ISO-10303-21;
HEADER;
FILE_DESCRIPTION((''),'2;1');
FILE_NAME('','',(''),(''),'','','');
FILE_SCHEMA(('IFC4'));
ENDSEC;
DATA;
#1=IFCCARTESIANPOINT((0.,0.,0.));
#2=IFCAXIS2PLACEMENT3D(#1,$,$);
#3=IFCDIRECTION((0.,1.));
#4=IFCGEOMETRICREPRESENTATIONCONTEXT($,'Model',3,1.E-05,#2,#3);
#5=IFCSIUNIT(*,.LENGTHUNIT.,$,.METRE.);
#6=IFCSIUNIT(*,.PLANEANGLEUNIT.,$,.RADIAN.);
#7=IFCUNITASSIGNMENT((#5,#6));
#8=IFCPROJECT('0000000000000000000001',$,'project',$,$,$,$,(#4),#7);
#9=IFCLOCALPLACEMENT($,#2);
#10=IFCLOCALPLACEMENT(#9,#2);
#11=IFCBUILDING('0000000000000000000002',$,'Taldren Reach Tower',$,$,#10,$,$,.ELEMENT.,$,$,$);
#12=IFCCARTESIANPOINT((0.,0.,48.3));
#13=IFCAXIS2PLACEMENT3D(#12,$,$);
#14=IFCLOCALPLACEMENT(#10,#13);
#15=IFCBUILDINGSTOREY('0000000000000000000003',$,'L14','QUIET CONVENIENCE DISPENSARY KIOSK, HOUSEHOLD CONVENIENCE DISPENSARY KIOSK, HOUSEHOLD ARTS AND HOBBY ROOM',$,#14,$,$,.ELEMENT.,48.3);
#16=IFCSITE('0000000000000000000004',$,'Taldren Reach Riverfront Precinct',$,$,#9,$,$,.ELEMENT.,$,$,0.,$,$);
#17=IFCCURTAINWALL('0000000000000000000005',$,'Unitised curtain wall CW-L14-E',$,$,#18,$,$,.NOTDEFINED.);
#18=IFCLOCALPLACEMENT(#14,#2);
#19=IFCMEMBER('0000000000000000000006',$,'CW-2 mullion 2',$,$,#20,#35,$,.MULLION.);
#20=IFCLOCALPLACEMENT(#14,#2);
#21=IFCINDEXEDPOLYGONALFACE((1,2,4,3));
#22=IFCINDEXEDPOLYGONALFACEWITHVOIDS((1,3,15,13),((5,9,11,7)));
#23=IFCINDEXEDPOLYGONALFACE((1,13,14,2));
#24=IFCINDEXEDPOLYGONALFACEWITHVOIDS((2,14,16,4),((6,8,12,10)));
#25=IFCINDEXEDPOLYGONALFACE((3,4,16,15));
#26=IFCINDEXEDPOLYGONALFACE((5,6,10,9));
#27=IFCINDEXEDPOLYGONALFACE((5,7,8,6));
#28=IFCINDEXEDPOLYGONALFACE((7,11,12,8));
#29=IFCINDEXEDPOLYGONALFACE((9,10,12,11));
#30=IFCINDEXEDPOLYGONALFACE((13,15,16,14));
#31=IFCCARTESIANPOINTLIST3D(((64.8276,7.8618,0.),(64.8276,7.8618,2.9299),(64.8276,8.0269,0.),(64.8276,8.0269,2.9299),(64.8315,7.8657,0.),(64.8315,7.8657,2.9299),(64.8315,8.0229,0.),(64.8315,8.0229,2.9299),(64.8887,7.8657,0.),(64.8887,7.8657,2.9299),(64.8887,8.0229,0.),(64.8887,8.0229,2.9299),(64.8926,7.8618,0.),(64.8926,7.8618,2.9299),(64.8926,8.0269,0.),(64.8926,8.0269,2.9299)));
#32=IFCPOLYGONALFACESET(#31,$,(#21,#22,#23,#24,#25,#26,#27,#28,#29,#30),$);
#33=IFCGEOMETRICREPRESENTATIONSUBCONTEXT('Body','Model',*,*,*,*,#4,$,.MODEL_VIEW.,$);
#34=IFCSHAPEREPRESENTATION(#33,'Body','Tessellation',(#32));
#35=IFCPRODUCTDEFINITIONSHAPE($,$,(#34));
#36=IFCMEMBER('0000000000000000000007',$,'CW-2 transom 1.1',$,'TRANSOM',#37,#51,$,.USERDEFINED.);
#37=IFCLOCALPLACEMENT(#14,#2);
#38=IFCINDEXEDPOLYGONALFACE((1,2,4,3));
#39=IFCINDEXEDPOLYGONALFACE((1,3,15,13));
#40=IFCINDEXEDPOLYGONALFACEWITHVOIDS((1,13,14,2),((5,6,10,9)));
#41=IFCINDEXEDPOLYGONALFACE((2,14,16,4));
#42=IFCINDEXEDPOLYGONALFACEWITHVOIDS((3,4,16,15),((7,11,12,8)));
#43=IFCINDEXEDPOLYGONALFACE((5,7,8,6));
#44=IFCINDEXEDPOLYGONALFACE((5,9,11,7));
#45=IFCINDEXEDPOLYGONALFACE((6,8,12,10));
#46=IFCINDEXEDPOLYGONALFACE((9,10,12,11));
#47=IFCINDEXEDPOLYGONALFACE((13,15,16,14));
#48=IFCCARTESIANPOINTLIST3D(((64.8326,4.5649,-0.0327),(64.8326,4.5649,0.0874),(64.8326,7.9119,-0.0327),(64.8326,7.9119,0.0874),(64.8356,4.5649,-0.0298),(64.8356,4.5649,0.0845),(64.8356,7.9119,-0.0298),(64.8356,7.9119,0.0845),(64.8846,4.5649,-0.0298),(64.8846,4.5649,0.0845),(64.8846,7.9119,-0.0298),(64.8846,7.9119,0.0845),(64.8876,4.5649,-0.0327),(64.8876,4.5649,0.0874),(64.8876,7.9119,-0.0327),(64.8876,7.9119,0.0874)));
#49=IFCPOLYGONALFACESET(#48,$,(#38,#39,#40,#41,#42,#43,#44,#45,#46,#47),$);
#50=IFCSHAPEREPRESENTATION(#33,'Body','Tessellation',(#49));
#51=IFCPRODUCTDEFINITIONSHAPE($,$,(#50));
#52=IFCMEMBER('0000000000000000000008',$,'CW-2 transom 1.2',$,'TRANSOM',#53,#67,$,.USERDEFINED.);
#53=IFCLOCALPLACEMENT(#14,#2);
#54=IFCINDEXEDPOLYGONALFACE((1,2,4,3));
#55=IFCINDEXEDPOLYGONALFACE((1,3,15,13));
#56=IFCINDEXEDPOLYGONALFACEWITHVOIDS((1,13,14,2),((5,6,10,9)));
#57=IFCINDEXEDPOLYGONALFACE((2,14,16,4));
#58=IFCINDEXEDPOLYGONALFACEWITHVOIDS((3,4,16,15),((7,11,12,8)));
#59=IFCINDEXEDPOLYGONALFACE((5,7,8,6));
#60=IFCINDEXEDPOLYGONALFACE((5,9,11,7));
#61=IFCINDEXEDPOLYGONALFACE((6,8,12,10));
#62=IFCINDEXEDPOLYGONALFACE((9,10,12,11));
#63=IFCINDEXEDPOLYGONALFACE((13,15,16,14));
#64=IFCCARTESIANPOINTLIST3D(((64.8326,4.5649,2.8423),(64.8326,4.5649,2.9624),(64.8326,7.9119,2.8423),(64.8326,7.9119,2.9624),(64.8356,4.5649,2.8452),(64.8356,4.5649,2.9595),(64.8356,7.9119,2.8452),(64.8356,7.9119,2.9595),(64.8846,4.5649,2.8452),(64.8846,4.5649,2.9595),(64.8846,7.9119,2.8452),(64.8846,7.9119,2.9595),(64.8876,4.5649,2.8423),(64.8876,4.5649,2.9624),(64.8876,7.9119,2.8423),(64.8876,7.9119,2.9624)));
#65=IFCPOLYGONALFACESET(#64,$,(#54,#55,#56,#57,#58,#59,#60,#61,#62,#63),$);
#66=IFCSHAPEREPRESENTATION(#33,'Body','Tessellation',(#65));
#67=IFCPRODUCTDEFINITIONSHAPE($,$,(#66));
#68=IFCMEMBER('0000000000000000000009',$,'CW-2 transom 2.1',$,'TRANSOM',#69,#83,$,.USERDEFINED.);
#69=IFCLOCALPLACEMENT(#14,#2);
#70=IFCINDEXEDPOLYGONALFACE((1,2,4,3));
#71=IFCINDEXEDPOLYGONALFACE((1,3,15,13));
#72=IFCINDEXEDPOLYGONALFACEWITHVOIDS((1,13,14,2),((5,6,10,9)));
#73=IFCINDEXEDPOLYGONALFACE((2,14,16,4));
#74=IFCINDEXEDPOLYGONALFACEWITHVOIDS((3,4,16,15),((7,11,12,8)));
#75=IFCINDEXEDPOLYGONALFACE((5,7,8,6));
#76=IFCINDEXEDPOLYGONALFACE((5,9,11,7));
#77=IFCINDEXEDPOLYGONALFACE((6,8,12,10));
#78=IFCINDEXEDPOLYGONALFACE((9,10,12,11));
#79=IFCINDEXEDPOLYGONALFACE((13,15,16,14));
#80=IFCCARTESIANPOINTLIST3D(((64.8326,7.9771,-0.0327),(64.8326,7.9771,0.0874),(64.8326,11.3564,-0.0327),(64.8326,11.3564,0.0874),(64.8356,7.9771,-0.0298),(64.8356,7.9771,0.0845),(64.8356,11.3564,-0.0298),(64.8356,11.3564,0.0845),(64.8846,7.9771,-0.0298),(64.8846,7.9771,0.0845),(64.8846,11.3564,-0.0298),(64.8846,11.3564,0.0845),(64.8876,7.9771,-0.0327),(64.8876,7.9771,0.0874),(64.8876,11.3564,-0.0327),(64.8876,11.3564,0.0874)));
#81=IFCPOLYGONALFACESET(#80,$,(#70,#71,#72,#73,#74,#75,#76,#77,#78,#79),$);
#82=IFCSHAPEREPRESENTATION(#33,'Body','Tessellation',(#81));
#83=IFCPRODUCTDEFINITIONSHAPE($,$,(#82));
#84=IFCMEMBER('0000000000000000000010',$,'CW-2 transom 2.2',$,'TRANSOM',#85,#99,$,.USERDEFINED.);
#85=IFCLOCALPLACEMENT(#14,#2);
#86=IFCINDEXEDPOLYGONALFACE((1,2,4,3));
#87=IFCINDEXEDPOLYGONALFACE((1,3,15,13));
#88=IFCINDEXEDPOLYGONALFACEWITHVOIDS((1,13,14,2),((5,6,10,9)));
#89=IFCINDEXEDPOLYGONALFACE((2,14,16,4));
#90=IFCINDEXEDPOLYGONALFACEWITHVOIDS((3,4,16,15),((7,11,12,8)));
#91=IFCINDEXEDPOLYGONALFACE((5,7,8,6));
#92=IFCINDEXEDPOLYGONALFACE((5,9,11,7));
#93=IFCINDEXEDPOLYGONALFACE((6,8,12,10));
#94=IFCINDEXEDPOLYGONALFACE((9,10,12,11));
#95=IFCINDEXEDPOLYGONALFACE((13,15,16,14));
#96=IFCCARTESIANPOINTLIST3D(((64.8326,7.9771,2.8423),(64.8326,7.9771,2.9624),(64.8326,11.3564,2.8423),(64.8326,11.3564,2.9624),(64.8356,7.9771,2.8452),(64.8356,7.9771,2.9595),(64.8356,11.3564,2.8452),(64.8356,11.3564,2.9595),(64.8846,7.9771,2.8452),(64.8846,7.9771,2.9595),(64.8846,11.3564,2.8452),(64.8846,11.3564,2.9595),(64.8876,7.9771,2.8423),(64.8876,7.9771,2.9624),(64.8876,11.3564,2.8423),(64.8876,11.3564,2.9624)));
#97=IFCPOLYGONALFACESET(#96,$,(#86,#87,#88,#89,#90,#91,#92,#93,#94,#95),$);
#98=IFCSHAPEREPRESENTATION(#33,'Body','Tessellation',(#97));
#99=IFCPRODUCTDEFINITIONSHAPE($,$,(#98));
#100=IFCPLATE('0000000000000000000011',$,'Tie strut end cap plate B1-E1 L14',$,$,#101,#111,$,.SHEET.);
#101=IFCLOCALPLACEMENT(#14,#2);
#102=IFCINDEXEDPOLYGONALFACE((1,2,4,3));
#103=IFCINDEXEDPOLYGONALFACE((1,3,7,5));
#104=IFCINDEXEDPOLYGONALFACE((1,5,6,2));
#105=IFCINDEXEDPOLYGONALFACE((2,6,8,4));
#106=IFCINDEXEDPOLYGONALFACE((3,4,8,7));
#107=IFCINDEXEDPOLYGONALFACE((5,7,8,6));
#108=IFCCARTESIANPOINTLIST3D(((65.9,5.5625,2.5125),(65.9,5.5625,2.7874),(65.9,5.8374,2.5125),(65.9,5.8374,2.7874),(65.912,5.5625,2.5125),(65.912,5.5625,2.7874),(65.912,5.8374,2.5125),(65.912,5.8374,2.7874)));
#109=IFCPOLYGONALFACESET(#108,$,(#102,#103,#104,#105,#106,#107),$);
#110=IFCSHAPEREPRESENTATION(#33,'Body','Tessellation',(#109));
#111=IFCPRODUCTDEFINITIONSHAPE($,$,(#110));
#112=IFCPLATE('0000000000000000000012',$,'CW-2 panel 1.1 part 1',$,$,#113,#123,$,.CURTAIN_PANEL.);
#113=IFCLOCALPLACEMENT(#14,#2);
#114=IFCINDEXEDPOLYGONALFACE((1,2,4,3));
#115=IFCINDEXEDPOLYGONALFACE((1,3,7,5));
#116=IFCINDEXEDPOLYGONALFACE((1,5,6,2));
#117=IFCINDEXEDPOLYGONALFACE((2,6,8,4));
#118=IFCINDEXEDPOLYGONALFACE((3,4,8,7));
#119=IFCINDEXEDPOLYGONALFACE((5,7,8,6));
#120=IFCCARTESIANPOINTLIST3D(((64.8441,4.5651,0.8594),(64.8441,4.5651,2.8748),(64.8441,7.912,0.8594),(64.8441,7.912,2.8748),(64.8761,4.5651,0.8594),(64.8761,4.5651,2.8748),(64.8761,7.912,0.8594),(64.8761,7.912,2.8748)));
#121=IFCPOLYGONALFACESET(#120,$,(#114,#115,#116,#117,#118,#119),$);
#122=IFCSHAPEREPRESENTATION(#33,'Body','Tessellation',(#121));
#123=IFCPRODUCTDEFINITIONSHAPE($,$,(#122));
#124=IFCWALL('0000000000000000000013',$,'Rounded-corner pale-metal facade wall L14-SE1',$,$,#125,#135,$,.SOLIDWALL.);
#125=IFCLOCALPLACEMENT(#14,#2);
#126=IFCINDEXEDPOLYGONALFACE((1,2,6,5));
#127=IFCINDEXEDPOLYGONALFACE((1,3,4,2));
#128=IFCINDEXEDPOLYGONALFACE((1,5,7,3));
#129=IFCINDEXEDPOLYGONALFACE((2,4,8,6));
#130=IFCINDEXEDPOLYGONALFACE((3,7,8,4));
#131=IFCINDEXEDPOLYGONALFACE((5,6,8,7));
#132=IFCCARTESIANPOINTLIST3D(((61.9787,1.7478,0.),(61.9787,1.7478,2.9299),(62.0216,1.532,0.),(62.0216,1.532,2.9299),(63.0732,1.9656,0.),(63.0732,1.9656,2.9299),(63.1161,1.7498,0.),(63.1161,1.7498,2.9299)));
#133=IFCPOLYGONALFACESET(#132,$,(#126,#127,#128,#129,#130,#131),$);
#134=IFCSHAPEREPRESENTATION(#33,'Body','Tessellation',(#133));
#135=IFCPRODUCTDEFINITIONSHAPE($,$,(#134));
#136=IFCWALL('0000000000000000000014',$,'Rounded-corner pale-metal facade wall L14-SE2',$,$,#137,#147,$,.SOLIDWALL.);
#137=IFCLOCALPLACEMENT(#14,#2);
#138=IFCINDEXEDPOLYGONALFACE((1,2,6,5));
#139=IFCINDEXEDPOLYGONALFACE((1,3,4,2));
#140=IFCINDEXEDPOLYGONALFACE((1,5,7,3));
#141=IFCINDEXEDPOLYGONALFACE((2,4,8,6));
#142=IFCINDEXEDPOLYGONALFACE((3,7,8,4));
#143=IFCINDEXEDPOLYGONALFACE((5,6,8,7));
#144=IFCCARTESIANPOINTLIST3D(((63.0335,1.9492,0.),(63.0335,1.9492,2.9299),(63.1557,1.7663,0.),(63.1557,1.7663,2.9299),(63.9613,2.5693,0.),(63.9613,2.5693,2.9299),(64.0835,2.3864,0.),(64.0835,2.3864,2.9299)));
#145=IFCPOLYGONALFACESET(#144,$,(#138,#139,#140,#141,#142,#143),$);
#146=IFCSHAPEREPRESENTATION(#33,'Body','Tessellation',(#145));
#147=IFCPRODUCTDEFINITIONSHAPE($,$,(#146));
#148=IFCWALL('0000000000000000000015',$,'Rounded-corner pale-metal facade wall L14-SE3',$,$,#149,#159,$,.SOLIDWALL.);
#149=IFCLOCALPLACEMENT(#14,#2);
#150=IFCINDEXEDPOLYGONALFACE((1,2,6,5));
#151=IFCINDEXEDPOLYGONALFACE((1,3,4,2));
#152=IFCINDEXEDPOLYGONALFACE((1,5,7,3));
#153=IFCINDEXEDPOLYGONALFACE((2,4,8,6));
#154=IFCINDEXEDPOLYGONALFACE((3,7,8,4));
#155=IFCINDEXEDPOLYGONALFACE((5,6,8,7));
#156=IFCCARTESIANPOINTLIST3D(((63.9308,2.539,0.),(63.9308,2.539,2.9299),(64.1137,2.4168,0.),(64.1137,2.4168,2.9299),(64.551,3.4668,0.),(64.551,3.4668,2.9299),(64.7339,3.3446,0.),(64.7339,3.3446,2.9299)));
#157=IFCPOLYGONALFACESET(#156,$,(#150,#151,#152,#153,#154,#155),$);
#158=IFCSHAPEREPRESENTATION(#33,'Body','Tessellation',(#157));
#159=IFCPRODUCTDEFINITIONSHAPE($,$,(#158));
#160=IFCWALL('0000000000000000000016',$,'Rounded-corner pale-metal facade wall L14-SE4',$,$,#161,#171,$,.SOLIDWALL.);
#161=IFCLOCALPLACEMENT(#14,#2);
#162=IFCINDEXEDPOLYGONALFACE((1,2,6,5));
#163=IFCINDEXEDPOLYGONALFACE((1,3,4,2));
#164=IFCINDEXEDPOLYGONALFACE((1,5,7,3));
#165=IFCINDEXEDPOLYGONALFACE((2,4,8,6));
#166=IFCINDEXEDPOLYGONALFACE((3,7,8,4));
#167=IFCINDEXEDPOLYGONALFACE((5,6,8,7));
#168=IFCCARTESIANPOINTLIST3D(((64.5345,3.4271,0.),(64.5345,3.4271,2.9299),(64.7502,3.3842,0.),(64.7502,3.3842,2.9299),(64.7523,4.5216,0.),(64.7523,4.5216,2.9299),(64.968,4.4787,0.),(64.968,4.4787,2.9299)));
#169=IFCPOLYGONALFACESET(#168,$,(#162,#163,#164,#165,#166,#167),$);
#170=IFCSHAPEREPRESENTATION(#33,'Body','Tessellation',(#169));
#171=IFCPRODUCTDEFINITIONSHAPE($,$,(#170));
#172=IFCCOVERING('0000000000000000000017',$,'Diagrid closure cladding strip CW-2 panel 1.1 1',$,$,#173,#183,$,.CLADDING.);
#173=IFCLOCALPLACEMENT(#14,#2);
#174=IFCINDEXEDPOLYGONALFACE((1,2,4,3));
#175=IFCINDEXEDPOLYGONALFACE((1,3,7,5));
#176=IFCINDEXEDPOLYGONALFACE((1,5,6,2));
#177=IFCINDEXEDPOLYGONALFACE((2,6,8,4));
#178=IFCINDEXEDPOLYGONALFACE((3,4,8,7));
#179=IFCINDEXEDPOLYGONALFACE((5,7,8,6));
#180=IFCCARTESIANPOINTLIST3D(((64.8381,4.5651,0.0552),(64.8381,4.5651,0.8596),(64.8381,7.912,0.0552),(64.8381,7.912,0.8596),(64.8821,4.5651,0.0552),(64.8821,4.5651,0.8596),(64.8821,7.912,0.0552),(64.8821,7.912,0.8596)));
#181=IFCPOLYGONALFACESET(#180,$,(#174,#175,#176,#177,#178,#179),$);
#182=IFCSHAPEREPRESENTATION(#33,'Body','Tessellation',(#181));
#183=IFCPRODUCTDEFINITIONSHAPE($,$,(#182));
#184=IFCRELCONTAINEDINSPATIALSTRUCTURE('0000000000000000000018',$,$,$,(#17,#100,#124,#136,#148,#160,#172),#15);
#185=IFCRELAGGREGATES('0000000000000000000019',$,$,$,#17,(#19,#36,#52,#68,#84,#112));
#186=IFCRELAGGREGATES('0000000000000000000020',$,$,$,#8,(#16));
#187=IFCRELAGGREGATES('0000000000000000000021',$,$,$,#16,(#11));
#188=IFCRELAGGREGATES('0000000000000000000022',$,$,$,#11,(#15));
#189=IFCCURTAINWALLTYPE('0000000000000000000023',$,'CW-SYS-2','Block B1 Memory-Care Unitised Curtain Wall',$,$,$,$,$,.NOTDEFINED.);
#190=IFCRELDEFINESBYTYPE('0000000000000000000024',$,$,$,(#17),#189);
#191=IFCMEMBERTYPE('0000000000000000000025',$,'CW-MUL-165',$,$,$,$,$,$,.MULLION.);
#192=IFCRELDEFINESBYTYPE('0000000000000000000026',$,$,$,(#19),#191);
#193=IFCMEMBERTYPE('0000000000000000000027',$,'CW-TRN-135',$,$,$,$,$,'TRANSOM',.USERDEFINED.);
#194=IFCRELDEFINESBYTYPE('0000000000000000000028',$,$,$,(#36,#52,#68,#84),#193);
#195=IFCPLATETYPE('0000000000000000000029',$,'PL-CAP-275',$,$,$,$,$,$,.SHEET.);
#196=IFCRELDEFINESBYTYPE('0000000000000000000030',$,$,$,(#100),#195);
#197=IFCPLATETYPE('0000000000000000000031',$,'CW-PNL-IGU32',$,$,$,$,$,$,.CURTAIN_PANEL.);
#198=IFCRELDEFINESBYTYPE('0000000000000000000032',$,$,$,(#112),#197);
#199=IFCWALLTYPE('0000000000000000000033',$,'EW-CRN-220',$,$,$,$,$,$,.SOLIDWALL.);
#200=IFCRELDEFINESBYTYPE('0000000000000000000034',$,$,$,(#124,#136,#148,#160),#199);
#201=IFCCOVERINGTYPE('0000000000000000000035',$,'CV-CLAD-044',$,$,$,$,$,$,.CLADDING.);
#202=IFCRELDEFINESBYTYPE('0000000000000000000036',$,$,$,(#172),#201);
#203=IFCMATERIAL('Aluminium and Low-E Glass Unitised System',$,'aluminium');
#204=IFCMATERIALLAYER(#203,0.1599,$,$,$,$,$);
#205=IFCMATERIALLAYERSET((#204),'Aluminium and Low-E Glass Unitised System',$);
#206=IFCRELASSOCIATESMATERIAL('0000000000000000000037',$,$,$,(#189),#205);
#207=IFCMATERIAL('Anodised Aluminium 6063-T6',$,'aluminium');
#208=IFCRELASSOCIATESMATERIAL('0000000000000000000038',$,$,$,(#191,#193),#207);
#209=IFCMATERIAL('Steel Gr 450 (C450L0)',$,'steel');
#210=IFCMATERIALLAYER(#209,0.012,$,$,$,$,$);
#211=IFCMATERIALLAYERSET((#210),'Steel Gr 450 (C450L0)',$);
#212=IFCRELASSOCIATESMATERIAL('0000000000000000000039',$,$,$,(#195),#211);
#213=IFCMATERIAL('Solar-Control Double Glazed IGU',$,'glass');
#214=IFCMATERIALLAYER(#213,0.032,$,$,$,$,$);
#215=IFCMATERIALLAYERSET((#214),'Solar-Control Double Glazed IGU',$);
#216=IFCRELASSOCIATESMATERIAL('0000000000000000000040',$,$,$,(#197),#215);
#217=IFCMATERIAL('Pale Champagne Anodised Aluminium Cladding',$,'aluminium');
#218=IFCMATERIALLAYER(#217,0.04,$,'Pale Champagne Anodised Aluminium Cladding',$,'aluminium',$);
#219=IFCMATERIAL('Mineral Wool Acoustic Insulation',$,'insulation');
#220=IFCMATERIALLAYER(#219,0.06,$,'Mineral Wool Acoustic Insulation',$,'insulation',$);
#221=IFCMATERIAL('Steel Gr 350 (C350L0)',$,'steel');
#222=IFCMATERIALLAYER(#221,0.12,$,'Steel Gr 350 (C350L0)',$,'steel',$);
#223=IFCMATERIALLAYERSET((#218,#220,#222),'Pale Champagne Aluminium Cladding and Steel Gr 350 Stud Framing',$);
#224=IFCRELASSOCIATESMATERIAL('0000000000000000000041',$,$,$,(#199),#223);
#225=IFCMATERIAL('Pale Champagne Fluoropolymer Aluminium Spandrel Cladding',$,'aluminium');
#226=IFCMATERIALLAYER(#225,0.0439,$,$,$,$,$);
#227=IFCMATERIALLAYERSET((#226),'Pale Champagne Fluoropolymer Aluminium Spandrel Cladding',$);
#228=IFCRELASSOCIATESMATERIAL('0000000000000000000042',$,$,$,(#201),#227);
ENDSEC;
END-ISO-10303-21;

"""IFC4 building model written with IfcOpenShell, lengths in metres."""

from ifc_helpers import new_model, si_unit, direction, frame, frame_2d, origin, origin_2d, place, context, subcontext, project, spatial, rectangle, hollow_rectangle, extrude, source, transform, mapped, material, layer, layer_set, material_profile, profile_set, type_object, element, aggregate, save


model = new_model("IFC4")

# Units and contexts
model_context = context("Model", 3, precision=1e-05, world=origin(), true_north=direction((0.0, 1.0)))
body_context = subcontext(model_context, "Body", "Model", "MODEL_VIEW")
ifc_project = project(units=[si_unit("LENGTHUNIT", "METRE"), si_unit("PLANEANGLEUNIT", "RADIAN")], contexts=[model_context])

# Site, building, storey
site_placement = place(None, origin())
site = spatial("IfcSite", under=ifc_project, at=site_placement, Name="Taldren Reach Riverfront Precinct", CompositionType="ELEMENT", RefElevation=0.0)
building_placement = place(site_placement, origin())
building = spatial("IfcBuilding", under=site, at=building_placement, Name="Taldren Reach Tower", CompositionType="ELEMENT")
storey_placement = place(building_placement, frame((0.0, 0.0, 48.3)))
storey = spatial("IfcBuildingStorey", under=building, at=storey_placement, Name="L14", Description="QUIET CONVENIENCE DISPENSARY KIOSK, HOUSEHOLD CONVENIENCE DISPENSARY KIOSK, HOUSEHOLD ARTS AND HOBBY ROOM", CompositionType="ELEMENT", Elevation=48.3)

# Shared definitions
ifc_material_1 = material(Name="Steel Gr 450 (C450L0)", Category="steel")
ifc_material_2 = material(Name="Steel Gr 350 (C350L0)", Category="steel")

# Shared definitions
ifc_material_3 = material(Name="Aluminium and Low-E Glass Unitised System", Category="aluminium")
ifc_layer_1 = layer(ifc_material_3, 0.1599)
ifc_layer_set_1 = layer_set([ifc_layer_1], Name="Aluminium and Low-E Glass Unitised System")
curtain_wall_type = type_object("IfcCurtainWallType", Name="CW-SYS-2", Description="Block B1 Memory-Care Unitised Curtain Wall", PredefinedType="NOTDEFINED", material=ifc_layer_set_1)
ifc_material_4 = material(Name="Anodised Aluminium 6063-T6", Category="aluminium")
ifc_material_profile_1 = material_profile(ifc_material_4, hollow_rectangle(XDim=0.0649, YDim=0.165, WallThickness=0.0039, at=origin_2d()), Name="ALU-165x65x4RHS")
ifc_profile_set_1 = profile_set([ifc_material_profile_1], Name="Anodised Aluminium 6063-T6")
member_type_1 = type_object("IfcMemberType", Name="CW-MUL-165", PredefinedType="MULLION", material=ifc_profile_set_1)
shared_shape_1 = source(origin(), body_context, "Body", "SweptSolid", [
    extrude(hollow_rectangle(XDim=0.0649, YDim=0.165, WallThickness=0.0039, at=origin_2d()), origin(), (0.0, 0.0, 1.0), 2.9299),
])

# Curtain wall, members
curtain_wall_1_placement = place(storey_placement, origin())
curtain_wall_1 = element("IfcCurtainWall", 1, at=curtain_wall_1_placement, inside=storey, type_object=curtain_wall_type, Name="Unitised curtain wall CW-L14-E", PredefinedType="NOTDEFINED")
member_1_placement = place(storey_placement, frame((64.8601, 7.9443, 0.0), z_axis=(0.0, 0.0, 1.0), x_axis=(-1.0, 0.0, 0.0)))
member_1 = element("IfcMember", 2, at=member_1_placement, type_object=member_type_1, Name="CW-2 mullion 2", PredefinedType="MULLION", context=body_context, shape_type="MappedRepresentation", body=[
    mapped(shared_shape_1, transform((0.0, 0.0, 0.0), scale=1.0)),
])
ifc_material_profile_2 = material_profile(ifc_material_4, hollow_rectangle(XDim=0.0549, YDim=0.1201, WallThickness=0.0029, at=origin_2d()), Name="ALU-120x55x3RHS")
ifc_profile_set_2 = profile_set([ifc_material_profile_2], Name="Anodised Aluminium 6063-T6")
member_type_2 = type_object("IfcMemberType", Name="CW-TRN-135", ElementType="TRANSOM", PredefinedType="USERDEFINED", material=ifc_profile_set_2)
shared_shape_2 = source(origin(), body_context, "Body", "SweptSolid", [
    extrude(hollow_rectangle(XDim=0.0549, YDim=0.1201, WallThickness=0.0029, at=origin_2d()), origin(), (0.0, 0.0, 1.0), 3.3469),
])
member_2_placement = place(storey_placement, frame((64.8601, 4.5649, 0.0273), z_axis=(0.0, 1.0, 0.0), x_axis=(-1.0, 0.0, 0.0)))
member_2 = element("IfcMember", 3, at=member_2_placement, type_object=member_type_2, Name="CW-2 transom 1.1", ObjectType="TRANSOM", PredefinedType="USERDEFINED", context=body_context, shape_type="MappedRepresentation", body=[
    mapped(shared_shape_2, transform((0.0, 0.0, 0.0), scale=1.0)),
])
member_3_placement = place(storey_placement, frame((64.8601, 4.5649, 2.9023), z_axis=(0.0, 1.0, 0.0), x_axis=(-1.0, 0.0, 0.0)))
member_3 = element("IfcMember", 4, at=member_3_placement, type_object=member_type_2, Name="CW-2 transom 1.2", ObjectType="TRANSOM", PredefinedType="USERDEFINED", context=body_context, shape_type="MappedRepresentation", body=[
    mapped(shared_shape_2, transform((0.0, 0.0, 0.0), scale=1.0)),
])
shared_shape_3 = source(origin(), body_context, "Body", "SweptSolid", [
    extrude(hollow_rectangle(XDim=0.0549, YDim=0.1201, WallThickness=0.0029, at=origin_2d()), origin(), (0.0, 0.0, 1.0), 3.3794),
])
member_4_placement = place(storey_placement, frame((64.8601, 7.9771, 0.0273), z_axis=(0.0, 1.0, 0.0), x_axis=(-1.0, 0.0, 0.0)))
member_4 = element("IfcMember", 5, at=member_4_placement, type_object=member_type_2, Name="CW-2 transom 2.1", ObjectType="TRANSOM", PredefinedType="USERDEFINED", context=body_context, shape_type="MappedRepresentation", body=[
    mapped(shared_shape_3, transform((0.0, 0.0, 0.0), scale=1.0)),
])
member_5_placement = place(storey_placement, frame((64.8601, 7.9771, 2.9023), z_axis=(0.0, 1.0, 0.0), x_axis=(-1.0, 0.0, 0.0)))
member_5 = element("IfcMember", 6, at=member_5_placement, type_object=member_type_2, Name="CW-2 transom 2.2", ObjectType="TRANSOM", PredefinedType="USERDEFINED", context=body_context, shape_type="MappedRepresentation", body=[
    mapped(shared_shape_3, transform((0.0, 0.0, 0.0), scale=1.0)),
])

# Plates
ifc_layer_2 = layer(ifc_material_1, 0.012)
ifc_layer_set_2 = layer_set([ifc_layer_2], Name="Steel Gr 450 (C450L0)")
plate_type_1 = type_object("IfcPlateType", Name="PL-CAP-275", PredefinedType="SHEET", material=ifc_layer_set_2)
shared_shape_4 = source(origin(), body_context, "Body", "SweptSolid", [
    extrude(rectangle(XDim=0.012, YDim=0.2749, at=origin_2d()), origin(), (0.0, 0.0, 1.0), 0.2749),
])
plate_1_placement = place(storey_placement, frame((65.906, 5.7, 2.5125), z_axis=(0.0, 0.0, 1.0), x_axis=(1.0, 0.0, 0.0)))
element("IfcPlate", 7, at=plate_1_placement, inside=storey, type_object=plate_type_1, Name="Tie strut end cap plate B1-E1 L14", PredefinedType="SHEET", context=body_context, shape_type="MappedRepresentation", body=[
    mapped(shared_shape_4, transform((0.0, 0.0, 0.0), scale=1.0)),
])
ifc_material_5 = material(Name="Solar-Control Double Glazed IGU", Category="glass")
ifc_layer_3 = layer(ifc_material_5, 0.032)
ifc_layer_set_3 = layer_set([ifc_layer_3], Name="Solar-Control Double Glazed IGU")
plate_type_2 = type_object("IfcPlateType", Name="CW-PNL-IGU32", PredefinedType="CURTAIN_PANEL", material=ifc_layer_set_3)
shared_shape_5 = source(origin(), body_context, "Body", "SweptSolid", [
    extrude(rectangle(XDim=3.3469, YDim=0.032, at=origin_2d()), origin(), (0.0, 0.0, 1.0), 2.0154),
])
plate_2_placement = place(storey_placement, frame((64.8601, 6.2385, 0.8594), z_axis=(0.0, 0.0, 1.0), x_axis=(0.0, 1.0, 0.0)))
plate_2 = element("IfcPlate", 8, at=plate_2_placement, type_object=plate_type_2, Name="CW-2 panel 1.1 part 1", PredefinedType="CURTAIN_PANEL", context=body_context, shape_type="MappedRepresentation", body=[
    mapped(shared_shape_5, transform((0.0, 0.0, 0.0), scale=1.0)),
])
aggregate(curtain_wall_1, [member_1, member_2, member_3, member_4, member_5, plate_2])

# Walls
ifc_material_6 = material(Name="Pale Champagne Anodised Aluminium Cladding", Category="aluminium")
ifc_layer_4 = layer(ifc_material_6, 0.04, Name="Pale Champagne Anodised Aluminium Cladding", Category="aluminium")
ifc_material_7 = material(Name="Mineral Wool Acoustic Insulation", Category="insulation")
ifc_layer_5 = layer(ifc_material_7, 0.06, Name="Mineral Wool Acoustic Insulation", Category="insulation")
ifc_layer_6 = layer(ifc_material_2, 0.12, Name="Steel Gr 350 (C350L0)", Category="steel")
ifc_layer_set_4 = layer_set([ifc_layer_4, ifc_layer_5, ifc_layer_6], Name="Pale Champagne Aluminium Cladding and Steel Gr 350 Stud Framing")
wall_type = type_object("IfcWallType", Name="EW-CRN-220", PredefinedType="SOLIDWALL", material=ifc_layer_set_4)
shared_shape_6 = source(origin(), body_context, "Body", "SweptSolid", [
    extrude(rectangle(XDim=1.116, YDim=0.22, at=frame_2d((0.5581, 0.0))), origin(), (0.0, 0.0, 1.0), 2.9299),
])
for number, where, z_axis, x_axis, name in (
    (9, (62.0, 1.6399, 0.0), (0.0, 0.0, 1.0), (0.980774, 0.195148, 0.0), "Rounded-corner pale-metal facade wall L14-SE1"),
    (10, (63.0945, 1.8577, 0.0), (0.0, 0.0, 1.0), (0.831377, 0.55571, 0.0), "Rounded-corner pale-metal facade wall L14-SE2"),
    (11, (64.0222, 2.4778, 0.0), (0.0, 0.0, 1.0), (0.55571, 0.831377, 0.0), "Rounded-corner pale-metal facade wall L14-SE3"),
    (12, (64.6423, 3.4055, 0.0), (0.0, 0.0, 1.0), (0.195148, 0.980774, 0.0), "Rounded-corner pale-metal facade wall L14-SE4"),
):
    element("IfcWall", number, at=place(storey_placement, frame(where, z_axis=z_axis, x_axis=x_axis)), inside=storey, type_object=wall_type, Name=name, PredefinedType="SOLIDWALL", context=body_context, shape_type="MappedRepresentation", body=[
        mapped(shared_shape_6, transform((0.0, 0.0, 0.0), scale=1.0)),
    ])

# Covering
ifc_material_8 = material(Name="Pale Champagne Fluoropolymer Aluminium Spandrel Cladding", Category="aluminium")
ifc_layer_7 = layer(ifc_material_8, 0.0439)
ifc_layer_set_5 = layer_set([ifc_layer_7], Name="Pale Champagne Fluoropolymer Aluminium Spandrel Cladding")
covering_type = type_object("IfcCoveringType", Name="CV-CLAD-044", PredefinedType="CLADDING", material=ifc_layer_set_5)
shared_shape_7 = source(origin(), body_context, "Body", "SweptSolid", [
    extrude(rectangle(XDim=3.3469, YDim=0.0439, at=origin_2d()), origin(), (0.0, 0.0, 1.0), 0.8044),
])
covering_placement = place(storey_placement, frame((64.8601, 6.2385, 0.0552), z_axis=(0.0, 0.0, 1.0), x_axis=(0.0, 1.0, 0.0)))
element("IfcCovering", 13, at=covering_placement, inside=storey, type_object=covering_type, Name="Diagrid closure cladding strip CW-2 panel 1.1 1", PredefinedType="CLADDING", context=body_context, shape_type="MappedRepresentation", body=[
    mapped(shared_shape_7, transform((0.0, 0.0, 0.0), scale=1.0)),
])

save(model, "model.ifc")
